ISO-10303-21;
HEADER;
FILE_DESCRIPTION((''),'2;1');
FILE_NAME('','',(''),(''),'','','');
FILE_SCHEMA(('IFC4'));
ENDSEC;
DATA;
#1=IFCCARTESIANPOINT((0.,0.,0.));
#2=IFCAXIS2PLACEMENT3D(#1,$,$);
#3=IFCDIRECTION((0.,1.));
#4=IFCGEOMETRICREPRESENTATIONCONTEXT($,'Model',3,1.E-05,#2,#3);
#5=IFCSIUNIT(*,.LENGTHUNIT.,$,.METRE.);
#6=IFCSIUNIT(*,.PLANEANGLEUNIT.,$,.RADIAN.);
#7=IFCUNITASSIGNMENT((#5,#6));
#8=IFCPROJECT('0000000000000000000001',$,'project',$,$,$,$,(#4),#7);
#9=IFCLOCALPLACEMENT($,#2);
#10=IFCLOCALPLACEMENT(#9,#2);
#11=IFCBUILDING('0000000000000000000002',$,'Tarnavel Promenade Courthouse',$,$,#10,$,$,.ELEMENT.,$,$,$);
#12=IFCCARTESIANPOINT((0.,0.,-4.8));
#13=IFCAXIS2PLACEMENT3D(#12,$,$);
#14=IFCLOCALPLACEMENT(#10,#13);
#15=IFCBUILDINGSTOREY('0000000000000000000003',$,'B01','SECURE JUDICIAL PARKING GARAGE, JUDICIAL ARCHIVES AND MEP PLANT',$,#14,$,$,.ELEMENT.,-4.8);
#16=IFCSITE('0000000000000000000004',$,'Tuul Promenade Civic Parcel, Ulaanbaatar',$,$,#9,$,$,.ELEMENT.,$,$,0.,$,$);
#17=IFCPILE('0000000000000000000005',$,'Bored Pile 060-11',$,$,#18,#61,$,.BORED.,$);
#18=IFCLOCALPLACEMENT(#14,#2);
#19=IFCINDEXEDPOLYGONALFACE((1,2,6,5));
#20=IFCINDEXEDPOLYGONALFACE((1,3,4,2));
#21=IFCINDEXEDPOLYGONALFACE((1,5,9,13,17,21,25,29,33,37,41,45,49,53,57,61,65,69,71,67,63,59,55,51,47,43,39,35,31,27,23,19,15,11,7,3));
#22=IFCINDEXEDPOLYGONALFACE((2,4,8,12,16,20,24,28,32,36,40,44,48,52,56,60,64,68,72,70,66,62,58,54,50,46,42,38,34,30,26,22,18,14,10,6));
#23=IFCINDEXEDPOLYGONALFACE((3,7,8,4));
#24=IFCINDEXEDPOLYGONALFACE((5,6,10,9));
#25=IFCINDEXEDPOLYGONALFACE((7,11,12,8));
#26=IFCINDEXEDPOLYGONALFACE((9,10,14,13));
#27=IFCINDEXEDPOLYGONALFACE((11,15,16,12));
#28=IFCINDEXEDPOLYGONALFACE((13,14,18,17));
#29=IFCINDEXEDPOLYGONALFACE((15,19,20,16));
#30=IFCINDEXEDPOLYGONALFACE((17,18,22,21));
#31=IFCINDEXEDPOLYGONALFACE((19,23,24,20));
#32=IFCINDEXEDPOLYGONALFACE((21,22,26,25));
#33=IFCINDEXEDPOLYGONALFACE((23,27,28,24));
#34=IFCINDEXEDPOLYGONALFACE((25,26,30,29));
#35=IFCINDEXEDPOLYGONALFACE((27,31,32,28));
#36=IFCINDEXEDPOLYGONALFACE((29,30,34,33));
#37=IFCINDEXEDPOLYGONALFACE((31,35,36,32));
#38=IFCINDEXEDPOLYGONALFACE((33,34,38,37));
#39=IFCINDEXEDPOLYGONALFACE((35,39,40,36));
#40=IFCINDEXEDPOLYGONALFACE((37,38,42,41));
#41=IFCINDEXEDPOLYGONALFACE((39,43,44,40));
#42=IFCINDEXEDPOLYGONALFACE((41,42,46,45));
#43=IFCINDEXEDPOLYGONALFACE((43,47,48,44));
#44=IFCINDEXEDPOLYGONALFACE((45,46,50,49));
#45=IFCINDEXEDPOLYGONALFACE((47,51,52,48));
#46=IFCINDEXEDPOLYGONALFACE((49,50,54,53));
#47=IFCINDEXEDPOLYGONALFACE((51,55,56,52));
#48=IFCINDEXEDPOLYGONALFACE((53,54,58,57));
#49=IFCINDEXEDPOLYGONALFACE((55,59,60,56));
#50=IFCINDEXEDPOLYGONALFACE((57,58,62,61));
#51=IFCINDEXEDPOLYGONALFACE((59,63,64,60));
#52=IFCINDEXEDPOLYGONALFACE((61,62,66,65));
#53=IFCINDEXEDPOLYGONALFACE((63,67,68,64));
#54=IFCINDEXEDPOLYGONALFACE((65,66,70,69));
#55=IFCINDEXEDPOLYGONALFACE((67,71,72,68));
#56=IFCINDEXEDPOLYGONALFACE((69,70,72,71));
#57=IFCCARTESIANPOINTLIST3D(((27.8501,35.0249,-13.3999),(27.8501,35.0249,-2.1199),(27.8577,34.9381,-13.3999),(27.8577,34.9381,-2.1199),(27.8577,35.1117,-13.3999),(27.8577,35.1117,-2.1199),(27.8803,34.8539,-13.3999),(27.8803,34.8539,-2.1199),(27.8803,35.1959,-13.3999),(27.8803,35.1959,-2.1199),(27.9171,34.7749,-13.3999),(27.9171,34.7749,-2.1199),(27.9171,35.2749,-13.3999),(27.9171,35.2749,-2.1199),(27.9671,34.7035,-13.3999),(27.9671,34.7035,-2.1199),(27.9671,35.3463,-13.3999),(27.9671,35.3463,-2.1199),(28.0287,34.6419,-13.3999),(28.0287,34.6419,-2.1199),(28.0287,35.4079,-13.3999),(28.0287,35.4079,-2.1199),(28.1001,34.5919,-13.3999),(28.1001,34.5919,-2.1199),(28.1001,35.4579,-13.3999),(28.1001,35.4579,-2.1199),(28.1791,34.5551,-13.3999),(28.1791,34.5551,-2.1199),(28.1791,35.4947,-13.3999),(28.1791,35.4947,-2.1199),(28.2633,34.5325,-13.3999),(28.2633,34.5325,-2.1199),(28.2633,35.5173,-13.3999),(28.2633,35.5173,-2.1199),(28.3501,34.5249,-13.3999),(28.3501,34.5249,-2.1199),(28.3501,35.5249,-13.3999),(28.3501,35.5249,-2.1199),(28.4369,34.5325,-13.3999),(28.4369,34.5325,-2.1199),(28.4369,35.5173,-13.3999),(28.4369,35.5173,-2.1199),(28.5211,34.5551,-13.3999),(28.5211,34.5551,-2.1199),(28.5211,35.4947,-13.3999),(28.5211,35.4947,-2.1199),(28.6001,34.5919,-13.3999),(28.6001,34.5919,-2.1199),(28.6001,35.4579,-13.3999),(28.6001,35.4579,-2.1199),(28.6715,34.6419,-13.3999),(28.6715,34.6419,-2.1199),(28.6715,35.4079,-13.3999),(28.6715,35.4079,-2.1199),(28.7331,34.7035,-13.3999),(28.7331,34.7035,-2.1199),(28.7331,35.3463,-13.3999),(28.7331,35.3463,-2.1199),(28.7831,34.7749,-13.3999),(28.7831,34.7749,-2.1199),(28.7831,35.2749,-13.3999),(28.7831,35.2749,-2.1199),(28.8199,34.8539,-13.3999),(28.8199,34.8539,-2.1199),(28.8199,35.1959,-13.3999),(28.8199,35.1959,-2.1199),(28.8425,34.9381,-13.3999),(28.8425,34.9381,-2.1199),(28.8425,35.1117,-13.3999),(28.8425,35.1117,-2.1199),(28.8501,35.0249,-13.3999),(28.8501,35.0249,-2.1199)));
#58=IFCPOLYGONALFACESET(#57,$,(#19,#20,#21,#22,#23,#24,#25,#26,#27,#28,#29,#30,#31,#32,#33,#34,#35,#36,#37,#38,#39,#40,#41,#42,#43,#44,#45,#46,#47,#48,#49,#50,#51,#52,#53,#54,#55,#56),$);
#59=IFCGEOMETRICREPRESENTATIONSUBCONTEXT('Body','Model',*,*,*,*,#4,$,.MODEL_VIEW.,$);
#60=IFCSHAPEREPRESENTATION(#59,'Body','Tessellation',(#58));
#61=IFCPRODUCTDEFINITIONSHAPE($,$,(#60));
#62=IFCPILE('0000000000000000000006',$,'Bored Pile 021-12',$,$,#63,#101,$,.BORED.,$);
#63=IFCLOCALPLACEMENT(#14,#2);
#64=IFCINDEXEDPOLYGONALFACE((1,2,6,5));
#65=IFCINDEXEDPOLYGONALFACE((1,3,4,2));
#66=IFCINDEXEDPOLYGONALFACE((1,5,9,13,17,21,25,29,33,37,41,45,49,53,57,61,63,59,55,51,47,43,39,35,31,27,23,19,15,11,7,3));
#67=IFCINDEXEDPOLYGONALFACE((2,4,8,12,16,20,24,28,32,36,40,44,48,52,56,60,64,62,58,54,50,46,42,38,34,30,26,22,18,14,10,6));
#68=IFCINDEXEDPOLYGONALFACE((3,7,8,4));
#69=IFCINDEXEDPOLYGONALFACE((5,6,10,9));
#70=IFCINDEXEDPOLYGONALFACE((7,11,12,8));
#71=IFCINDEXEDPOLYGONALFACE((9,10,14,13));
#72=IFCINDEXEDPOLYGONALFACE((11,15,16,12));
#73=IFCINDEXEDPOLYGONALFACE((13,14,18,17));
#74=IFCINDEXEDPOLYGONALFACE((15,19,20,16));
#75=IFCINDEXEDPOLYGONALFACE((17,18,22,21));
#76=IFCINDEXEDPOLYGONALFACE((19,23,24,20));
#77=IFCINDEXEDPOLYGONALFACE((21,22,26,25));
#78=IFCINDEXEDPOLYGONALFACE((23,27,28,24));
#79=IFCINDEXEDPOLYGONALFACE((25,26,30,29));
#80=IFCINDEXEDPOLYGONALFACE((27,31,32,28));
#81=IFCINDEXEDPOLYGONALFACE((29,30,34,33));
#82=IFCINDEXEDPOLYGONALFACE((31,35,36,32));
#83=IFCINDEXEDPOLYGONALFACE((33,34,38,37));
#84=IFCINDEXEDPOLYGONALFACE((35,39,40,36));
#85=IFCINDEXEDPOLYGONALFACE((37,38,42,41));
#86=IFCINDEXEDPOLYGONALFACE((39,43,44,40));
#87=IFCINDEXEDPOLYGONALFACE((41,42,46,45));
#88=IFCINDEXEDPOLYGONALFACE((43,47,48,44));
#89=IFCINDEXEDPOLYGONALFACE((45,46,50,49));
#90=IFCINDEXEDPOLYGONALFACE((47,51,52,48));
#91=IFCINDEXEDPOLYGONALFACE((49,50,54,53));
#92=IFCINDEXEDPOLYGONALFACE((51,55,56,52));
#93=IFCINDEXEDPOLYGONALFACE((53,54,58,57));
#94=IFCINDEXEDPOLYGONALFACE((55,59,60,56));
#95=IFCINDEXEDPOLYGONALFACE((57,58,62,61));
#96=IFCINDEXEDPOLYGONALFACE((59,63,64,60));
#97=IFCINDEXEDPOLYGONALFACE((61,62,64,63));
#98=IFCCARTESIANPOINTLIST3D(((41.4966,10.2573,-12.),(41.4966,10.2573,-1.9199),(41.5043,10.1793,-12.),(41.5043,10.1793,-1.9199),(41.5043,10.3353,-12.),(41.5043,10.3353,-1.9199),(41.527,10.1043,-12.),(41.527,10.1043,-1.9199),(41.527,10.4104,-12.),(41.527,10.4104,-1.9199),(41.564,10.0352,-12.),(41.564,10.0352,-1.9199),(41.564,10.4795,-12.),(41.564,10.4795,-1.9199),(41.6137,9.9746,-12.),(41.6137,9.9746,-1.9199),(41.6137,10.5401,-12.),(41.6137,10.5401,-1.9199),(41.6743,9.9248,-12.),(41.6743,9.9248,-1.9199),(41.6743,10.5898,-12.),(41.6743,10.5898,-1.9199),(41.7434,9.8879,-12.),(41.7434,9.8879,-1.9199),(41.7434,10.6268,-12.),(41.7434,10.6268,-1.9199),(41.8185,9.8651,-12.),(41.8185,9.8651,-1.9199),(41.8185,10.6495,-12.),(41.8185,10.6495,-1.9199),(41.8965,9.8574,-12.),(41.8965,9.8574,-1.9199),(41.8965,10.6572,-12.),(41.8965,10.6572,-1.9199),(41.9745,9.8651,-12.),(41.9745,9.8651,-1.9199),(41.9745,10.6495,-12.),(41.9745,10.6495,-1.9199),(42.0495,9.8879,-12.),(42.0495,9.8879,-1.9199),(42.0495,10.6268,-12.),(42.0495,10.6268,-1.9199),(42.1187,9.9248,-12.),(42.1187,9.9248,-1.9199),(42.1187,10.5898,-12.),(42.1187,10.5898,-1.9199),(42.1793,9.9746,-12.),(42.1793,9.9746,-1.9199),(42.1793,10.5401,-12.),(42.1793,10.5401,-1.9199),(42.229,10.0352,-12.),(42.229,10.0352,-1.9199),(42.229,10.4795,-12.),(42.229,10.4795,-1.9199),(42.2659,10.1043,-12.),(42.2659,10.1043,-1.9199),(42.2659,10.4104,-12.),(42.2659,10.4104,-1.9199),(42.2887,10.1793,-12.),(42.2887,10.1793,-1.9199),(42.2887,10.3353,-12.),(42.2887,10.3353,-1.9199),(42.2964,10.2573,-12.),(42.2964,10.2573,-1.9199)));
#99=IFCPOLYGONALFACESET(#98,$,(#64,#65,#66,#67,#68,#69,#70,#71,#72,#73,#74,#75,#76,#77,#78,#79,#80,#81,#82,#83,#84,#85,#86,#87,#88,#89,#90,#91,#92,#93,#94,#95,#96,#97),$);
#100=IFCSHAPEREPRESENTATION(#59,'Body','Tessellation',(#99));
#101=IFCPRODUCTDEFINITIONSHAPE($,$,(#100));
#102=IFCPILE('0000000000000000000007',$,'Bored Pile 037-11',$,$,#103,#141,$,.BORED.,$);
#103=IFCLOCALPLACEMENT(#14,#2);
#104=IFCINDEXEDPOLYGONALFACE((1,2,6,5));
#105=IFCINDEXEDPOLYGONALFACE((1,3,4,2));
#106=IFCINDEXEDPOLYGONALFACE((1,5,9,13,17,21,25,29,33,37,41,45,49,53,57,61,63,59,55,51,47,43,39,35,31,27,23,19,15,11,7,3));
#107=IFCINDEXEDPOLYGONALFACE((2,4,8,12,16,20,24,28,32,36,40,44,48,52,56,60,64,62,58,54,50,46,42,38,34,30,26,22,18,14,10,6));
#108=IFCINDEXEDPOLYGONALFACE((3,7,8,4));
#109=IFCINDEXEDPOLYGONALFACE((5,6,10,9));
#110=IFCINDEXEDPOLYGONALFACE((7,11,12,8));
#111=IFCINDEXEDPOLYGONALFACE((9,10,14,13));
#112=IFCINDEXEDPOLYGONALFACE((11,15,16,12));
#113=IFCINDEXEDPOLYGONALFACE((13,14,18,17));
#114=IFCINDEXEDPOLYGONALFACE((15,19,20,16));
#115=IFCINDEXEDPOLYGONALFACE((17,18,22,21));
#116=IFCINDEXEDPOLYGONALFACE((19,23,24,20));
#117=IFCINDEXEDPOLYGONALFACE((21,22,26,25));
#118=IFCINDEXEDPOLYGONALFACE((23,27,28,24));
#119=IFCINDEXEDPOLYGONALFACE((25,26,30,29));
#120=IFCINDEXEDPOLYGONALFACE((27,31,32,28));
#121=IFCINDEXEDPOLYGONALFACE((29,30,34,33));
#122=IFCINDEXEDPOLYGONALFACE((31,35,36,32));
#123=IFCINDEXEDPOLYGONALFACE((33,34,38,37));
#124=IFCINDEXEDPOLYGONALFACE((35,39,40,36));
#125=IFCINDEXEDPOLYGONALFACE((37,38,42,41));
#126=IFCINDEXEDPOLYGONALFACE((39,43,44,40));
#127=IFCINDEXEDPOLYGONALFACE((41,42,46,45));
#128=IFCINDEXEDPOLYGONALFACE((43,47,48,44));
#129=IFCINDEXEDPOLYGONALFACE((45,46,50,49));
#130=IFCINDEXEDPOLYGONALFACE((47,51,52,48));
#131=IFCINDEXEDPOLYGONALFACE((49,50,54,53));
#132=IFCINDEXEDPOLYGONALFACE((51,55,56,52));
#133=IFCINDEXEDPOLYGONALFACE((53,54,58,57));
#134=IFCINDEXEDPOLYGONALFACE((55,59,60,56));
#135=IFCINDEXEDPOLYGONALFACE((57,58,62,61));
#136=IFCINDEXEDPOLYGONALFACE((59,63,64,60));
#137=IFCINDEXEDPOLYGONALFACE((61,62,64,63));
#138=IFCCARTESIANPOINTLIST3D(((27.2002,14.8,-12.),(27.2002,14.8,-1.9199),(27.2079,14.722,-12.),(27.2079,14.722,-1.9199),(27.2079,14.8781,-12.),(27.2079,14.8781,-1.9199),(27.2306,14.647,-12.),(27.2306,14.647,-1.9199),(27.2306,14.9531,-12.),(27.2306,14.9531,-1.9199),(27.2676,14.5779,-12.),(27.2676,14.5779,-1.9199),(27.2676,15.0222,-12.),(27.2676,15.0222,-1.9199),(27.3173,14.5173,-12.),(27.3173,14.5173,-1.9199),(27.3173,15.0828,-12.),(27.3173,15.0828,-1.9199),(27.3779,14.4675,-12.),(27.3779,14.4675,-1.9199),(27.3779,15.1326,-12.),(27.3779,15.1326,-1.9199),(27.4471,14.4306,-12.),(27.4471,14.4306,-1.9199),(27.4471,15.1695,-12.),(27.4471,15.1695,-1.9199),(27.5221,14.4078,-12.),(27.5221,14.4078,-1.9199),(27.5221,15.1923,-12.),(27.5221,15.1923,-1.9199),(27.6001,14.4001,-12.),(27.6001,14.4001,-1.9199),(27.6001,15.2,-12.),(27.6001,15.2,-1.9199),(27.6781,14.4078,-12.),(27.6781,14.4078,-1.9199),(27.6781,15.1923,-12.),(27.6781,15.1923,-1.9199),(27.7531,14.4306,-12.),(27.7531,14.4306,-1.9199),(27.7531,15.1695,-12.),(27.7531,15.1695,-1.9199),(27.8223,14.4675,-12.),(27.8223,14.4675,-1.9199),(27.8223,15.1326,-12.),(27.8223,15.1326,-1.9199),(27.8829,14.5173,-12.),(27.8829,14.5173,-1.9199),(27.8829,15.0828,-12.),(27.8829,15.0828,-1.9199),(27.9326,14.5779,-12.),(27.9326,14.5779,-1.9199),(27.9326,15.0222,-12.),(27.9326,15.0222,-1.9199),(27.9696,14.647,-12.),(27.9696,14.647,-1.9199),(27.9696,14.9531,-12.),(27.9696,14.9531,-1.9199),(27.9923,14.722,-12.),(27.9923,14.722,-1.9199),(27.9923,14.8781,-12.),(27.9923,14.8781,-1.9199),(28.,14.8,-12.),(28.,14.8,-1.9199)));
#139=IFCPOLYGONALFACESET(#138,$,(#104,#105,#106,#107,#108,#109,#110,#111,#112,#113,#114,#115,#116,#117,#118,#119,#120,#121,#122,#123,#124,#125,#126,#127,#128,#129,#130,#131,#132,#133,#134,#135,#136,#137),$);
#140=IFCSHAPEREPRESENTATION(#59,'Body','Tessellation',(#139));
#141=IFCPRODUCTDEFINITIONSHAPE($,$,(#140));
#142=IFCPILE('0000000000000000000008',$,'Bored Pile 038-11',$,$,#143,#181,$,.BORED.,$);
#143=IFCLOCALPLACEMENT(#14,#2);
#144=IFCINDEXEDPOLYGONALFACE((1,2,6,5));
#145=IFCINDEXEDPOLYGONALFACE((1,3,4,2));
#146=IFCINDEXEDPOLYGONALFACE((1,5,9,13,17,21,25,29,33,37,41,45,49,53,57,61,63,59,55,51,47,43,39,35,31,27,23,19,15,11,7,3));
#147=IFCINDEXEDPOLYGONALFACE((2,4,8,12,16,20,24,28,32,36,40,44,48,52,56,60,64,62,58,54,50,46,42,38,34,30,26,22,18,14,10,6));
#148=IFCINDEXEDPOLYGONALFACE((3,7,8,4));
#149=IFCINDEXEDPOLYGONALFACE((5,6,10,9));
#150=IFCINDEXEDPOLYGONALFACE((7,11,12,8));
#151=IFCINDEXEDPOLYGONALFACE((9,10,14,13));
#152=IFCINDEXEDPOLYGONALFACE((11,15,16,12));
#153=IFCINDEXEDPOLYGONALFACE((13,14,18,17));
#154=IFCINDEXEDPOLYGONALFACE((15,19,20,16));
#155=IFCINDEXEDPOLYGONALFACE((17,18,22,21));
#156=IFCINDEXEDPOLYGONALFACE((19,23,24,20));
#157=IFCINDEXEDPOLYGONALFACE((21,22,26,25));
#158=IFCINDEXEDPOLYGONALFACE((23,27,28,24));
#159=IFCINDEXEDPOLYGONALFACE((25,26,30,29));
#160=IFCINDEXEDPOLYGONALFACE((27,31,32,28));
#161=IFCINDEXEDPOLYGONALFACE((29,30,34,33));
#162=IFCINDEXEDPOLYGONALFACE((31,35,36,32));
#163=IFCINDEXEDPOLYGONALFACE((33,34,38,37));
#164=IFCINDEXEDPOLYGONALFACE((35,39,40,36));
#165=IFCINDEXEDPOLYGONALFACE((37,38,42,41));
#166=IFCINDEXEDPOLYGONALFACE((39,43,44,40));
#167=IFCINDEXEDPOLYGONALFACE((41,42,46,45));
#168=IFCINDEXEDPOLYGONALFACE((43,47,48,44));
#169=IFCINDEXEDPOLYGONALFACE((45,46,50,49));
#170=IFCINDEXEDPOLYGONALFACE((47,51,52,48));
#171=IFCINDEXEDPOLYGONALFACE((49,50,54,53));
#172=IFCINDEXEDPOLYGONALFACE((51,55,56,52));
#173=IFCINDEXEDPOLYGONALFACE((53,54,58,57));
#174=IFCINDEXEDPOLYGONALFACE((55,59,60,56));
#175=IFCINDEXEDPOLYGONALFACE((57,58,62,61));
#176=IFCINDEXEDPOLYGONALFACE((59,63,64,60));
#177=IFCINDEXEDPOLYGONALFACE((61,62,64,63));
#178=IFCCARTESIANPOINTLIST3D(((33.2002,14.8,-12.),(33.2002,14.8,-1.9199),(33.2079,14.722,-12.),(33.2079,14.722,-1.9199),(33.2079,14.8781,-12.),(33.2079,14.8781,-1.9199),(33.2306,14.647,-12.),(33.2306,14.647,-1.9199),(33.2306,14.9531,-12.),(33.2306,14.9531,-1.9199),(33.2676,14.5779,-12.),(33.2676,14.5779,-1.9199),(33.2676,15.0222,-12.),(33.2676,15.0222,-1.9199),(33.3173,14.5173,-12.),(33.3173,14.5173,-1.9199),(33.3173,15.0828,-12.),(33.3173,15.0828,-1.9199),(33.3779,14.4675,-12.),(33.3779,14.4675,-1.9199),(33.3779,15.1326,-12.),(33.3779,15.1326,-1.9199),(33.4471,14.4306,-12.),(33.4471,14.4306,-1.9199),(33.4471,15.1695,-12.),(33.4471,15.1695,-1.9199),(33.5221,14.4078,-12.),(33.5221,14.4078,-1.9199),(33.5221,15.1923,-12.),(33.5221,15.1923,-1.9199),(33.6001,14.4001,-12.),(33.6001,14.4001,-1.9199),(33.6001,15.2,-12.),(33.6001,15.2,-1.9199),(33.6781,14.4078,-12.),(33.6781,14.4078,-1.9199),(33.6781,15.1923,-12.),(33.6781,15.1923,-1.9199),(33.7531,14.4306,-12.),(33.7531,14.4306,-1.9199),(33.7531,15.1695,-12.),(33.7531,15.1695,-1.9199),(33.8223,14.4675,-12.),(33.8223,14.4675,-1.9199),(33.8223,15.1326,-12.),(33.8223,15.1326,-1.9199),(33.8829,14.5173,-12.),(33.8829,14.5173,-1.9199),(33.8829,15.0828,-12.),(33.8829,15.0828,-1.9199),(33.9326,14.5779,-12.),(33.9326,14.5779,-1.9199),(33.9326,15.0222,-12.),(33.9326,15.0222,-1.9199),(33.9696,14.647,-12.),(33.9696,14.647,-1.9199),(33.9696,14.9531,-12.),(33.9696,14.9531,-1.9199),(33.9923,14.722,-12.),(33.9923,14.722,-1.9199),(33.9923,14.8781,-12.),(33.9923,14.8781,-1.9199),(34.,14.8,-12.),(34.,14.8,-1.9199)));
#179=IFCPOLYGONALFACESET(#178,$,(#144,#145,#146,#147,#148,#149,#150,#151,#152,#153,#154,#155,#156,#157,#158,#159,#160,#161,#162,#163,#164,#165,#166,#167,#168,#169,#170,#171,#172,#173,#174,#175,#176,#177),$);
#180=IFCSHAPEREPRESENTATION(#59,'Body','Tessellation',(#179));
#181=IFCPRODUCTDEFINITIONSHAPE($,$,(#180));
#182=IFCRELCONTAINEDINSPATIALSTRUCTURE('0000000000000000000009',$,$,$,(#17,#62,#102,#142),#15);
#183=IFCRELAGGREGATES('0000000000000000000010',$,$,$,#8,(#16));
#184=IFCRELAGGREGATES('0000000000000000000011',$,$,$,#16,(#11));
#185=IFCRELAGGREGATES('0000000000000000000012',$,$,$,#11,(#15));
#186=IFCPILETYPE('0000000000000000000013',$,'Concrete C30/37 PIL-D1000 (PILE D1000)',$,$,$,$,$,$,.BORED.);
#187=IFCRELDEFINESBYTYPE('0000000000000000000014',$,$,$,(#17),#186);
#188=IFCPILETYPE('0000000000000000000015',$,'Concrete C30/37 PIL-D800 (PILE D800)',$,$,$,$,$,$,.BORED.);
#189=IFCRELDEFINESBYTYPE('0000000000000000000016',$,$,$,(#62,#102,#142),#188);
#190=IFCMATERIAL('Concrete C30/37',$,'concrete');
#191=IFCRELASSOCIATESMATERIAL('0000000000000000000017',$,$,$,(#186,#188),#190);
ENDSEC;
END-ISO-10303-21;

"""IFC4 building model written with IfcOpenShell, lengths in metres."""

from ifc_helpers import new_model, si_unit, direction, frame, origin, origin_2d, place, context, subcontext, project, spatial, circle, extrude, material, material_profile, profile_set, type_object, element, save


model = new_model("IFC4")

# Units and contexts
model_context = context("Model", 3, precision=1e-05, world=origin(), true_north=direction((0.0, 1.0)))
body_context = subcontext(model_context, "Body", "Model", "MODEL_VIEW")
ifc_project = project(units=[si_unit("LENGTHUNIT", "METRE"), si_unit("PLANEANGLEUNIT", "RADIAN")], contexts=[model_context])

# Site, building, storey
site_placement = place(None, origin())
site = spatial("IfcSite", under=ifc_project, at=site_placement, Name="Tuul Promenade Civic Parcel, Ulaanbaatar", CompositionType="ELEMENT", RefElevation=0.0)
building_placement = place(site_placement, origin())
building = spatial("IfcBuilding", under=site, at=building_placement, Name="Tarnavel Promenade Courthouse", CompositionType="ELEMENT")
storey_placement = place(building_placement, frame((0.0, 0.0, -4.8)))
storey = spatial("IfcBuildingStorey", under=building, at=storey_placement, Name="B01", Description="SECURE JUDICIAL PARKING GARAGE, JUDICIAL ARCHIVES AND MEP PLANT", CompositionType="ELEMENT", Elevation=-4.8)

# Piles
ifc_material_1 = material(Name="Concrete C30/37", Category="concrete")
ifc_material_profile_1 = material_profile(ifc_material_1, circle(Radius=0.5, at=origin_2d()), Name="PILE D1000")
ifc_profile_set_1 = profile_set([ifc_material_profile_1], Name="Concrete C30/37")
pile_type_1 = type_object("IfcPileType", Name="Concrete C30/37 PIL-D1000 (PILE D1000)", PredefinedType="BORED", material=ifc_profile_set_1)
pile_placement = place(storey_placement, frame((28.3501, 35.0249, -2.1199), z_axis=(0.0, 0.0, -1.0), x_axis=(1.0, 0.0, 0.0)))
element("IfcPile", 1, at=pile_placement, inside=storey, type_object=pile_type_1, Name="Bored Pile 060-11", PredefinedType="BORED", context=body_context, shape_type="SweptSolid", body=[
    extrude(circle(Radius=0.5, at=origin_2d()), origin(), (0.0, 0.0, 1.0), 11.28),
])
ifc_material_profile_2 = material_profile(ifc_material_1, circle(Radius=0.3999, at=origin_2d()), Name="PILE D800")
ifc_profile_set_2 = profile_set([ifc_material_profile_2], Name="Concrete C30/37")
pile_type_2 = type_object("IfcPileType", Name="Concrete C30/37 PIL-D800 (PILE D800)", PredefinedType="BORED", material=ifc_profile_set_2)
for number, where, z_axis, x_axis, name in (
    (2, (41.8965, 10.2573, -1.9199), (0.0, 0.0, -1.0), (1.0, 0.0, 0.0), "Bored Pile 021-12"),
    (3, (27.6001, 14.8, -1.9199), (0.0, 0.0, -1.0), (1.0, 0.0, 0.0), "Bored Pile 037-11"),
    (4, (33.6001, 14.8, -1.9199), (0.0, 0.0, -1.0), (1.0, 0.0, 0.0), "Bored Pile 038-11"),
):
    element("IfcPile", number, at=place(storey_placement, frame(where, z_axis=z_axis, x_axis=x_axis)), inside=storey, type_object=pile_type_2, Name=name, PredefinedType="BORED", context=body_context, shape_type="SweptSolid", body=[
        extrude(circle(Radius=0.3999, at=origin_2d()), origin(), (0.0, 0.0, 1.0), 10.0801),
    ])

save(model, "model.ifc")
